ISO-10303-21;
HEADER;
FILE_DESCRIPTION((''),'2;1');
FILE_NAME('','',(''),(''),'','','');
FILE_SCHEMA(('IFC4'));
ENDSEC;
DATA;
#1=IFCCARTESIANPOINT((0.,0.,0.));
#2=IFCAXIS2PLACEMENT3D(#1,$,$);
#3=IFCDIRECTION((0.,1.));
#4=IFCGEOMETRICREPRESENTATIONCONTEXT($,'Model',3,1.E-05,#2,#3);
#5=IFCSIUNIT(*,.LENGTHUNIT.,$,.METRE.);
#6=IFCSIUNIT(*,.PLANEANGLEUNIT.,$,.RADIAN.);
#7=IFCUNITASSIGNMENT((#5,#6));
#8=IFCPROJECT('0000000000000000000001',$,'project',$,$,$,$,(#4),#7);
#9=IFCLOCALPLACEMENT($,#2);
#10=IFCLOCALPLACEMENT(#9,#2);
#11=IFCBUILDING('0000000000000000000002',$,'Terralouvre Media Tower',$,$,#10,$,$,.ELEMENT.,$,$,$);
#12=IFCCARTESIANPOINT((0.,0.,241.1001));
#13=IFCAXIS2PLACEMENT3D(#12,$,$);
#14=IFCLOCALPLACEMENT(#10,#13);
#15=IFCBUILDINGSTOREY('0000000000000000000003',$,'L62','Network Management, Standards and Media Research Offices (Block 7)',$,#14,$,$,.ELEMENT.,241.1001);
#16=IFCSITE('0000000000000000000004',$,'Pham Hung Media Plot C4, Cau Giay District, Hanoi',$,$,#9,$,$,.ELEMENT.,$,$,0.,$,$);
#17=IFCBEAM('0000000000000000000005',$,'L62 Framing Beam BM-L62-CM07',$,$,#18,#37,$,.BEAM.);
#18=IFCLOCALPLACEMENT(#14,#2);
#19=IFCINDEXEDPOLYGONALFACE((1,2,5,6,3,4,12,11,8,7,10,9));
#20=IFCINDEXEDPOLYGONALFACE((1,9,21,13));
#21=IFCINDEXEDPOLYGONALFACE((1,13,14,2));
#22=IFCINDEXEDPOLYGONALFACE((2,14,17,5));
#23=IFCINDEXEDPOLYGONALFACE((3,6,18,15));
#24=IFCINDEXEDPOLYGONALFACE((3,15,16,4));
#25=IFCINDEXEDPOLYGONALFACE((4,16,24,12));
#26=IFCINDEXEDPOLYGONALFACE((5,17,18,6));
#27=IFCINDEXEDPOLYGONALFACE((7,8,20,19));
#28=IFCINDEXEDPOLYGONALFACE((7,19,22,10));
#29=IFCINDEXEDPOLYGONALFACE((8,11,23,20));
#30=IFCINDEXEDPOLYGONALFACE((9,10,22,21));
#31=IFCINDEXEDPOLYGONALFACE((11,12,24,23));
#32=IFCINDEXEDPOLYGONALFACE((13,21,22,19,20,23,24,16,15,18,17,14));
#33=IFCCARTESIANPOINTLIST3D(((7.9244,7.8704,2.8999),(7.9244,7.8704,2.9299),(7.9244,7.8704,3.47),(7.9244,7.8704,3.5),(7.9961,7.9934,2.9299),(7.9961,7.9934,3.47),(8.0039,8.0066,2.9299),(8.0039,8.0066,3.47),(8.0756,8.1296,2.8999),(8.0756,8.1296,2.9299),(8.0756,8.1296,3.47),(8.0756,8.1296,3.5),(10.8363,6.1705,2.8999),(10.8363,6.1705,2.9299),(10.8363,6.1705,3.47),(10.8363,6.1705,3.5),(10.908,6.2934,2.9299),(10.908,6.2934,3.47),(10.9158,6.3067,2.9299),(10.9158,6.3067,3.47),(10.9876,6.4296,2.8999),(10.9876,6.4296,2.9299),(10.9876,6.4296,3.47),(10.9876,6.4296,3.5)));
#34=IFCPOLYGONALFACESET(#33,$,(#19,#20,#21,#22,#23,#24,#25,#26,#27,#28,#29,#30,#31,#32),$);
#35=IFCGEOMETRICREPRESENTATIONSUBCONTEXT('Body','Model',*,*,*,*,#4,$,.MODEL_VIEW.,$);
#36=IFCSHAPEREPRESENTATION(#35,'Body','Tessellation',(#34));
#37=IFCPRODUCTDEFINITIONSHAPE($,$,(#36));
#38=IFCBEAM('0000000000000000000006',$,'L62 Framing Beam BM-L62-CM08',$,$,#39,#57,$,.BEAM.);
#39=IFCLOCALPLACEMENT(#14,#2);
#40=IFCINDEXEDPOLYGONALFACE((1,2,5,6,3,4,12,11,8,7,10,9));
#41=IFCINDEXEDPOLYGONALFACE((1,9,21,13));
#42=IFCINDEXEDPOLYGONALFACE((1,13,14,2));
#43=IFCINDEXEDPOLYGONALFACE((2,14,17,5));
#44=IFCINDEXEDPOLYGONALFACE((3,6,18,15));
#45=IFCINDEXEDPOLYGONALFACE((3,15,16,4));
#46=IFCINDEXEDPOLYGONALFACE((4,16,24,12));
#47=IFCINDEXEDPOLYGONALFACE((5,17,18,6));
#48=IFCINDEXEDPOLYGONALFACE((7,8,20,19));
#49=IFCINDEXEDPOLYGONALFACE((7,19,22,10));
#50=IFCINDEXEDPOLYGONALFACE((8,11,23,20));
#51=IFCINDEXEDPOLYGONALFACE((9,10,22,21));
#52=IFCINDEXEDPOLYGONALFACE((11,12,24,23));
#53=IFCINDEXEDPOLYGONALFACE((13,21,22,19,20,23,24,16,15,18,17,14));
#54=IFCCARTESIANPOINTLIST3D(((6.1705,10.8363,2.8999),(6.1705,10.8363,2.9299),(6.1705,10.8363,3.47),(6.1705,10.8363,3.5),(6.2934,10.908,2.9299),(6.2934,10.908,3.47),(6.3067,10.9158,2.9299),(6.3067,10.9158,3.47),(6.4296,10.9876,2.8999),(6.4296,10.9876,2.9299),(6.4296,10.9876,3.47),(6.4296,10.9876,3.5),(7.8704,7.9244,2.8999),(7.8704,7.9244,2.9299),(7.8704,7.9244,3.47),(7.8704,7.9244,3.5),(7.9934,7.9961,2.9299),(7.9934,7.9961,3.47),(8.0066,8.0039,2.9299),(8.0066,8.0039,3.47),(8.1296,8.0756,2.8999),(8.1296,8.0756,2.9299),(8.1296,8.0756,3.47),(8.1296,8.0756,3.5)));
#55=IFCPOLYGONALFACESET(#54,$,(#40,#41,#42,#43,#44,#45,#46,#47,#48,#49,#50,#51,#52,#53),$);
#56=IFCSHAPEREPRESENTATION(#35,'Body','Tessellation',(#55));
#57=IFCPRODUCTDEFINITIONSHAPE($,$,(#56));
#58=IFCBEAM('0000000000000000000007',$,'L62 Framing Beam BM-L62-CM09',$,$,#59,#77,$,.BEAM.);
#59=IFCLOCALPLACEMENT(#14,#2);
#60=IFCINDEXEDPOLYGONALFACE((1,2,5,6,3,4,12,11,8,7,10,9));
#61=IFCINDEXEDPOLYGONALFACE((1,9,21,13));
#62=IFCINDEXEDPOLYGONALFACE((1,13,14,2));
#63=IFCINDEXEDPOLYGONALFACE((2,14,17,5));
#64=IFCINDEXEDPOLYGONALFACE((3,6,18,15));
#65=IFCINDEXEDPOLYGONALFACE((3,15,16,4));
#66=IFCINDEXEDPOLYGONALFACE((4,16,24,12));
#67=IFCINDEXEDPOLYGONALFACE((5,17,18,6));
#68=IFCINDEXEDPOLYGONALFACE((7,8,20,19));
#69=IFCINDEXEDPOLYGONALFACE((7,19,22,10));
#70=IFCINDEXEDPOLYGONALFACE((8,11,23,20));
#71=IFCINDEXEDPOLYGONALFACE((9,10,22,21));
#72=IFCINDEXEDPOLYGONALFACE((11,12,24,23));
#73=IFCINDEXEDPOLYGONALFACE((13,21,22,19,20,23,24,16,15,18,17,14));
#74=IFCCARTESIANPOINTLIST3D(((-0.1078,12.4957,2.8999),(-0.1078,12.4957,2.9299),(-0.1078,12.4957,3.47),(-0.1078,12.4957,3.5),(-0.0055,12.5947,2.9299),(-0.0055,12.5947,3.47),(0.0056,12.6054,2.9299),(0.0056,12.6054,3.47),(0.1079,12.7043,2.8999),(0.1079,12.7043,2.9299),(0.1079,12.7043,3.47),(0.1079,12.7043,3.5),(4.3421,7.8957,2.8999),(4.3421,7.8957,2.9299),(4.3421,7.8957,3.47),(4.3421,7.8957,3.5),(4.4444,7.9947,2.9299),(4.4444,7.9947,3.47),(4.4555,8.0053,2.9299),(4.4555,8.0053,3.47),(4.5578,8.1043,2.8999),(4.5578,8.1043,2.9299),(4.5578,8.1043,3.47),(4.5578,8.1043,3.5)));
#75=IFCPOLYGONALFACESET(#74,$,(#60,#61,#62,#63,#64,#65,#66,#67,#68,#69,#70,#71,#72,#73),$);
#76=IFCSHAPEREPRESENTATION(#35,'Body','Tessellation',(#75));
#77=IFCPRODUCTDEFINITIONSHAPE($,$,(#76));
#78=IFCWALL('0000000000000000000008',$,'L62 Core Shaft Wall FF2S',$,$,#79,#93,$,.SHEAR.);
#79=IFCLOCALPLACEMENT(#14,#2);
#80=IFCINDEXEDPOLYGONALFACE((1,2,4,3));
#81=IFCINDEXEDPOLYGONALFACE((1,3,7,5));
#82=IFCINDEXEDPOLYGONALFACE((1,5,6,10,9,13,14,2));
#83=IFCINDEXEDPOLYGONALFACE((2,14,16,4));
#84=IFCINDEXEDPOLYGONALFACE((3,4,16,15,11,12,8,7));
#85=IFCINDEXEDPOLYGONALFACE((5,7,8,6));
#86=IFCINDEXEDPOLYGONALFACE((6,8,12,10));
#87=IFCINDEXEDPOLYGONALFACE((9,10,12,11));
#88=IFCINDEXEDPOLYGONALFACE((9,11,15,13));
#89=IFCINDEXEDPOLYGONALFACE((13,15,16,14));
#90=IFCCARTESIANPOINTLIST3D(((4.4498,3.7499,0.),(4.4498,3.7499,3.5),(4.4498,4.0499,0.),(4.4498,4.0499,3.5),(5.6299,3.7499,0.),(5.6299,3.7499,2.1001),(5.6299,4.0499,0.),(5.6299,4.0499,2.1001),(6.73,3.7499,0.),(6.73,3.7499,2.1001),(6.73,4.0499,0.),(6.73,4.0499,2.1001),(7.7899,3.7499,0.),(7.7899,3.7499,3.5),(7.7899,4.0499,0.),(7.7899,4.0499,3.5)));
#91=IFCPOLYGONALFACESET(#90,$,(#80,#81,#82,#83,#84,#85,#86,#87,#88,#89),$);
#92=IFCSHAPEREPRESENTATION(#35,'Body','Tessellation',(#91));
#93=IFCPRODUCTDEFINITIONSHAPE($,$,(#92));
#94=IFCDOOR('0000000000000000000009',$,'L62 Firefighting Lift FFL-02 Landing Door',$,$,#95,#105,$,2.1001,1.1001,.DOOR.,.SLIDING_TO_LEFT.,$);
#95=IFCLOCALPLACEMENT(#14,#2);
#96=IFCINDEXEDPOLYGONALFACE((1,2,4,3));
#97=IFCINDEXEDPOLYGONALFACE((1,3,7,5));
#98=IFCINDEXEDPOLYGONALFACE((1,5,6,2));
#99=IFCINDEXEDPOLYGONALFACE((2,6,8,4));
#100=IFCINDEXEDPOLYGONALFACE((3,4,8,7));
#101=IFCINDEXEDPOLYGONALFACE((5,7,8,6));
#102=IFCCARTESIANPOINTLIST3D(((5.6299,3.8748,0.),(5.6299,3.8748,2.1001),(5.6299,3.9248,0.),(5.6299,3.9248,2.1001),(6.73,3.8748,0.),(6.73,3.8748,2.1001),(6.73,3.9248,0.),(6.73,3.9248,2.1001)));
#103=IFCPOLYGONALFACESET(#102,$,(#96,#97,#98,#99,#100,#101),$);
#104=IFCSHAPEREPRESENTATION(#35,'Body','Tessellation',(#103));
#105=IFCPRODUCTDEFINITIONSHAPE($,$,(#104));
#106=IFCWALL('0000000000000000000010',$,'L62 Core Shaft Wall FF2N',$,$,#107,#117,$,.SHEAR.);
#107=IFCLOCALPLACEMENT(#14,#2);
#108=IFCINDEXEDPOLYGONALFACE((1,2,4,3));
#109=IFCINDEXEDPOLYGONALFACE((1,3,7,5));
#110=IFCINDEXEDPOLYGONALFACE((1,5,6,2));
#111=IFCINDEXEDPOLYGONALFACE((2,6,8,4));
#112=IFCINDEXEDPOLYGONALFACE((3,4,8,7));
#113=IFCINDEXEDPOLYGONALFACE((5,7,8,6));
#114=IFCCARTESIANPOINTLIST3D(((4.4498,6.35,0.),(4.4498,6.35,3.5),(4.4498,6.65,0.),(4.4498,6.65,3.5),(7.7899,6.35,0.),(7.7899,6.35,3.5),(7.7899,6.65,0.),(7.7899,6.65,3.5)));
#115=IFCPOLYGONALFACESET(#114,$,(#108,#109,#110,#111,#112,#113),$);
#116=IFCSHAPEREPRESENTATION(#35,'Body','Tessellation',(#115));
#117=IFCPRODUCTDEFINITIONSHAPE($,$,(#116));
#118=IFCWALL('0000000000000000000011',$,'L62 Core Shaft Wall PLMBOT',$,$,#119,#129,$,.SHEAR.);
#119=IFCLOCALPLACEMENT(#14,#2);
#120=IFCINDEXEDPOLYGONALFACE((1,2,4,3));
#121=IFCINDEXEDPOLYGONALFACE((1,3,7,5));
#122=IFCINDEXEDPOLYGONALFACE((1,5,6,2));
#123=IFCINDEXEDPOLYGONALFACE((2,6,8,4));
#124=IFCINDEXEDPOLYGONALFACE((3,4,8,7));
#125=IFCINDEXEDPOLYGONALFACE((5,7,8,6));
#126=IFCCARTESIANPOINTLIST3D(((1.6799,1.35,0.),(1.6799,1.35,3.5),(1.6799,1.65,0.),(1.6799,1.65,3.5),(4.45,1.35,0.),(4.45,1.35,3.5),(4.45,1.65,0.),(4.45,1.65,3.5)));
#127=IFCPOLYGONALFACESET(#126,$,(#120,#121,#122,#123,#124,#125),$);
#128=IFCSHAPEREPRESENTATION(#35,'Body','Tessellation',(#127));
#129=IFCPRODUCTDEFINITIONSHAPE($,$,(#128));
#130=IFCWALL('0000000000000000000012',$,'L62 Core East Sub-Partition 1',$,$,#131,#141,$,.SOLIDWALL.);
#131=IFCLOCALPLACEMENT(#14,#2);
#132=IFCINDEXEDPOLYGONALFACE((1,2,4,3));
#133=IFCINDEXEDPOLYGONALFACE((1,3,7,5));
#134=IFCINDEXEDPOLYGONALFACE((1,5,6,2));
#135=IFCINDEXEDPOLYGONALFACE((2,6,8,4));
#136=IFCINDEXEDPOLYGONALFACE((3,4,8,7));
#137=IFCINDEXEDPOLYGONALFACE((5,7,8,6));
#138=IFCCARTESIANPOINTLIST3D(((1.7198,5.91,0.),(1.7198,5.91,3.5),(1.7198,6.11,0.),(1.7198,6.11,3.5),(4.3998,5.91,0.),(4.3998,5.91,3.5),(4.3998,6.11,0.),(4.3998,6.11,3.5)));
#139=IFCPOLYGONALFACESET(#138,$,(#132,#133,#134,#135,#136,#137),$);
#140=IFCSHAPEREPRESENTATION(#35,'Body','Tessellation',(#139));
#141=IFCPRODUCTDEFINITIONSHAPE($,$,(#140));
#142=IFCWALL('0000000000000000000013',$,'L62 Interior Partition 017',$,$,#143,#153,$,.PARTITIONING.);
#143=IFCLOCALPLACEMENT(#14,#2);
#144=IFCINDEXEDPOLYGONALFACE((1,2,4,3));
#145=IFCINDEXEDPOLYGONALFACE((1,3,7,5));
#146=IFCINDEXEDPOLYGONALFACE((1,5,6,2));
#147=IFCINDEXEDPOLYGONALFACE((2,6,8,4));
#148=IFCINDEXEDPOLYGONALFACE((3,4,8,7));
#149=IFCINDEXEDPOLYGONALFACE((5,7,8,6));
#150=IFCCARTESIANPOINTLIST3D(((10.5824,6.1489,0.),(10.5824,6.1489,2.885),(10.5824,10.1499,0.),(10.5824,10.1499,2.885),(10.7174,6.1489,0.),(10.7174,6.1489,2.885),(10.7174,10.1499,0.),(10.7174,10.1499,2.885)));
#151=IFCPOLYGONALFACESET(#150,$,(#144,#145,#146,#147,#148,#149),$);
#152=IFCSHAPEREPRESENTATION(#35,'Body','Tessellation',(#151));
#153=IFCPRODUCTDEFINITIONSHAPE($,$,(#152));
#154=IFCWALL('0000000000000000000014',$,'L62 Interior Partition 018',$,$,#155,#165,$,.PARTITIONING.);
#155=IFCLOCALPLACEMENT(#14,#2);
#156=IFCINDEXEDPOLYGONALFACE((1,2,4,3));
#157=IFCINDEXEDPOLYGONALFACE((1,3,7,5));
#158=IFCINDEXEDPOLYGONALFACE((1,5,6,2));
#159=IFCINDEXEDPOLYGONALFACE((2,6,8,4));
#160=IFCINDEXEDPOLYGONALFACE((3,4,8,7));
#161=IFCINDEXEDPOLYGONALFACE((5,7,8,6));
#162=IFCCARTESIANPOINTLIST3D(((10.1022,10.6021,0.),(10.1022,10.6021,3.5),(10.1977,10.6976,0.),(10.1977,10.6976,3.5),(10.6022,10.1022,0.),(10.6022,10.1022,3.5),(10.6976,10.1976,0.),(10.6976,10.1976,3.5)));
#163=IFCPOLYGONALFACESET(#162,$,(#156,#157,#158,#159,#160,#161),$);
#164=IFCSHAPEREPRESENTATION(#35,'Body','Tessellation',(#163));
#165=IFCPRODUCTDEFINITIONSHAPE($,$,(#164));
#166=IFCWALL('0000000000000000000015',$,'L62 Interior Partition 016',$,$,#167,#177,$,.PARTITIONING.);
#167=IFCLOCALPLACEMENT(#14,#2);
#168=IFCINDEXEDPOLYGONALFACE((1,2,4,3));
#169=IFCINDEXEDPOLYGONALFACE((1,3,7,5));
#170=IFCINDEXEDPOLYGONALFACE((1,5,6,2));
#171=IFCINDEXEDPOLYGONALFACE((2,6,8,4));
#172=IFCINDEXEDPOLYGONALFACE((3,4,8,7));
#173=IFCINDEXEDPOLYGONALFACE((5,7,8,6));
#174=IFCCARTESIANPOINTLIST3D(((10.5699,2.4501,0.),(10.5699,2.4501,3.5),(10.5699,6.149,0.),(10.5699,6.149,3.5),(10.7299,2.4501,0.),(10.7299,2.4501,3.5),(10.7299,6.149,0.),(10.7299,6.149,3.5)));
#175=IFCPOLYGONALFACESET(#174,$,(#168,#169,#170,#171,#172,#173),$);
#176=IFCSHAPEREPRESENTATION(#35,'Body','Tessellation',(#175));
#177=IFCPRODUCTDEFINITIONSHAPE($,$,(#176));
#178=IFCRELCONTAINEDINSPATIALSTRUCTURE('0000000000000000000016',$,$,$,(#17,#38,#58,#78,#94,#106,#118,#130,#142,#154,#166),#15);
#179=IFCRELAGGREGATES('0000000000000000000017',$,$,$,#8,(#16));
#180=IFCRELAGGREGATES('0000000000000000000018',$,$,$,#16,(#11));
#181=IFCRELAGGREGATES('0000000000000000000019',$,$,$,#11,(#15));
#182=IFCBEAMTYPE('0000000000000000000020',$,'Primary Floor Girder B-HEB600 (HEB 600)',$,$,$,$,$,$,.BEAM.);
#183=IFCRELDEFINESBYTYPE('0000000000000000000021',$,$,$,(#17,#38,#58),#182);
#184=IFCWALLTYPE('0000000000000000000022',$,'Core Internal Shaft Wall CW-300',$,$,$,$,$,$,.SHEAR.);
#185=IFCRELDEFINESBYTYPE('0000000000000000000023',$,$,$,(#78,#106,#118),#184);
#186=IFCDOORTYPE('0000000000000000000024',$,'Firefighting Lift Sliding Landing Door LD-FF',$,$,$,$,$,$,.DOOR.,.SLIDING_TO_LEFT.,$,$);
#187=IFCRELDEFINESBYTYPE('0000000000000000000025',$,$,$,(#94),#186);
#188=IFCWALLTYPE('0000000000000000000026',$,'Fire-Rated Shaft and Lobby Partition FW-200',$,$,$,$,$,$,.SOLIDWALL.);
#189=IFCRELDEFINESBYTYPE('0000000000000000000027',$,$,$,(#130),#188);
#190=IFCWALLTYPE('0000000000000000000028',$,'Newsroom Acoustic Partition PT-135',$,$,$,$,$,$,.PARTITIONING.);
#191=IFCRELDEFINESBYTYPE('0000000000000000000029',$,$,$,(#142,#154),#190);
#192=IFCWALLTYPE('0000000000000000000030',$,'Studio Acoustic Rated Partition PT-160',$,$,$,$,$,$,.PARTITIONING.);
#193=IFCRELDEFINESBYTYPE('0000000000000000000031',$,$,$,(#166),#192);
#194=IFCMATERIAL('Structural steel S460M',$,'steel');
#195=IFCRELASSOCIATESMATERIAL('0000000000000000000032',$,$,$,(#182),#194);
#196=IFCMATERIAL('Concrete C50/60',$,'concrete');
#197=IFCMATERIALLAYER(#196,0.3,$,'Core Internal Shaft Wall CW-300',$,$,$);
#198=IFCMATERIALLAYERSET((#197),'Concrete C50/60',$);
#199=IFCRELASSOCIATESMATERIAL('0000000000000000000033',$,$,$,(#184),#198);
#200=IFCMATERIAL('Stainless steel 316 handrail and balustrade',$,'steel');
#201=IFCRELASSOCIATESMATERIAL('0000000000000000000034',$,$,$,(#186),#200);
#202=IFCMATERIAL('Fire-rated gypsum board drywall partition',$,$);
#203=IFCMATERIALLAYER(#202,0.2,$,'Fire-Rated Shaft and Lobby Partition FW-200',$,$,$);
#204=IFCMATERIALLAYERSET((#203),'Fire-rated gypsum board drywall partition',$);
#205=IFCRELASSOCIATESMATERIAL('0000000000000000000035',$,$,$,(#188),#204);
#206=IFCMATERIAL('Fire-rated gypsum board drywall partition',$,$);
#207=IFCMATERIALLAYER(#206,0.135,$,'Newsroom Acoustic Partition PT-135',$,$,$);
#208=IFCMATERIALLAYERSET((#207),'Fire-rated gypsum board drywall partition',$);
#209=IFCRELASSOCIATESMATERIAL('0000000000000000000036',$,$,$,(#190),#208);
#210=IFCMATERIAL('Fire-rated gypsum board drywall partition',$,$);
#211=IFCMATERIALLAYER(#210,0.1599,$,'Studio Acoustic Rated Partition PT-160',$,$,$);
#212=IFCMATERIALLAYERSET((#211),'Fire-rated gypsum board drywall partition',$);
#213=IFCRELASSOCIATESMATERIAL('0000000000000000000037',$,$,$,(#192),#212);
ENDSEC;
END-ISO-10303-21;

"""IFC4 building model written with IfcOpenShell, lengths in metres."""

from ifc_helpers import new_model, si_unit, direction, frame, frame_2d, origin, origin_2d, place, context, subcontext, project, spatial, rectangle, i_section, extrude, material, layer, layer_set, material_profile, profile_set, type_object, element, fill, save


model = new_model("IFC4")

# Units and contexts
model_context = context("Model", 3, precision=1e-05, world=origin(), true_north=direction((0.0, 1.0)))
body_context = subcontext(model_context, "Body", "Model", "MODEL_VIEW")
ifc_project = project(units=[si_unit("LENGTHUNIT", "METRE"), si_unit("PLANEANGLEUNIT", "RADIAN")], contexts=[model_context])

# Site, building, storey
site_placement = place(None, origin())
site = spatial("IfcSite", under=ifc_project, at=site_placement, Name="Pham Hung Media Plot C4, Cau Giay District, Hanoi", CompositionType="ELEMENT", RefElevation=0.0)
building_placement = place(site_placement, origin())
building = spatial("IfcBuilding", under=site, at=building_placement, Name="Terralouvre Media Tower", CompositionType="ELEMENT")
storey_placement = place(building_placement, frame((0.0, 0.0, 241.1001)))
storey = spatial("IfcBuildingStorey", under=building, at=storey_placement, Name="L62", Description="Network Management, Standards and Media Research Offices (Block 7)", CompositionType="ELEMENT", Elevation=241.1001)

# Beams
ifc_material_1 = material(Name="Structural steel S460M", Category="steel")
ifc_material_profile_1 = material_profile(ifc_material_1, i_section(OverallWidth=0.3, OverallDepth=0.6001, WebThickness=0.0154, FlangeThickness=0.03, at=origin_2d()), Name="HEB 600")
ifc_profile_set_1 = profile_set([ifc_material_profile_1], Name="Structural steel S460M")
beam_type_1 = type_object("IfcBeamType", Name="Primary Floor Girder B-HEB600 (HEB 600)", PredefinedType="BEAM", material=ifc_profile_set_1)
for number, where, z_axis, x_axis, name in (
    (1, (8.0, 8.0, 3.2), (0.863603, -0.504173, 0.0), (0.504173, 0.863603, 0.0), "L62 Framing Beam BM-L62-CM07"),
    (2, (8.0, 8.0, 3.2), (-0.504173, 0.863603, 0.0), (-0.863603, -0.504173, 0.0), "L62 Framing Beam BM-L62-CM08"),
):
    element("IfcBeam", number, at=place(storey_placement, frame(where, z_axis=z_axis, x_axis=x_axis)), inside=storey, type_object=beam_type_1, Name=name, PredefinedType="BEAM", context=body_context, shape_type="SweptSolid", body=[
        extrude(i_section(OverallWidth=0.3, OverallDepth=0.6001, WebThickness=0.0154, FlangeThickness=0.03, at=origin_2d()), origin(), (0.0, 0.0, 1.0), 3.3718),
    ])
beam_1_placement = place(storey_placement, frame((4.45, 8.0, 3.2), z_axis=(-0.69528, 0.718739, 0.0), x_axis=(-0.718739, -0.69528, 0.0)))
element("IfcBeam", 3, at=beam_1_placement, inside=storey, type_object=beam_type_1, Name="L62 Framing Beam BM-L62-CM09", PredefinedType="BEAM", context=body_context, shape_type="SweptSolid", body=[
    extrude(i_section(OverallWidth=0.3, OverallDepth=0.6001, WebThickness=0.0154, FlangeThickness=0.03, at=origin_2d()), origin(), (0.0, 0.0, 1.0), 6.4001),
])

# Wall, opening, door
ifc_material_2 = material(Name="Concrete C50/60", Category="concrete")
ifc_layer_1 = layer(ifc_material_2, 0.3, Name="Core Internal Shaft Wall CW-300")
ifc_layer_set_1 = layer_set([ifc_layer_1], Name="Concrete C50/60")
wall_type_1 = type_object("IfcWallType", Name="Core Internal Shaft Wall CW-300", PredefinedType="SHEAR", material=ifc_layer_set_1)
wall_1_placement = place(storey_placement, frame((4.45, 3.8999, 0.0), z_axis=(0.0, 0.0, 1.0), x_axis=(1.0, 0.0, 0.0)))
wall_1 = element("IfcWall", 4, at=wall_1_placement, inside=storey, type_object=wall_type_1, Name="L62 Core Shaft Wall FF2S", PredefinedType="SHEAR", context=body_context, shape_type="SweptSolid", body=[
    extrude(rectangle(XDim=3.3401, YDim=0.3, at=frame_2d((1.6699, 0.0))), origin(), (0.0, 0.0, 1.0), 3.5),
])
opening_placement = place(wall_1_placement, frame((1.1799, 0.0, 0.0)))
opening = element("IfcOpeningElement", 5, at=opening_placement, cuts=wall_1, PredefinedType="OPENING", context=body_context, shape_type="SweptSolid", body=[
    extrude(rectangle(XDim=1.1001, YDim=2.1001, at=frame_2d((0.55, 1.05))), frame((0.0, 0.1599, 0.0), z_axis=(0.0, -1.0, 0.0), x_axis=(1.0, 0.0, 0.0)), (0.0, 0.0, 1.0), 0.3201),
])
ifc_material_3 = material(Name="Stainless steel 316 handrail and balustrade", Category="steel")
door_type = type_object("IfcDoorType", Name="Firefighting Lift Sliding Landing Door LD-FF", OperationType="SLIDING_TO_LEFT", PredefinedType="DOOR", material=ifc_material_3)
door_placement = place(opening_placement, origin())
door = element("IfcDoor", 6, at=door_placement, inside=storey, type_object=door_type, Name="L62 Firefighting Lift FFL-02 Landing Door", OperationType="SLIDING_TO_LEFT", OverallHeight=2.1001, OverallWidth=1.1001, PredefinedType="DOOR", context=body_context, shape_type="SweptSolid", body=[
    extrude(rectangle(XDim=1.1001, YDim=2.1001, at=frame_2d((0.55, 1.05))), frame((0.0, 0.0249, 0.0), z_axis=(0.0, -1.0, 0.0), x_axis=(1.0, 0.0, 0.0)), (0.0, 0.0, 1.0), 0.05),
])
fill(opening, door)

# Walls
wall_2_placement = place(storey_placement, frame((4.45, 6.5, 0.0), z_axis=(0.0, 0.0, 1.0), x_axis=(1.0, 0.0, 0.0)))
element("IfcWall", 7, at=wall_2_placement, inside=storey, type_object=wall_type_1, Name="L62 Core Shaft Wall FF2N", PredefinedType="SHEAR", context=body_context, shape_type="SweptSolid", body=[
    extrude(rectangle(XDim=3.3401, YDim=0.3, at=frame_2d((1.6699, 0.0))), origin(), (0.0, 0.0, 1.0), 3.5),
])
wall_3_placement = place(storey_placement, frame((1.6799, 1.5, 0.0), z_axis=(0.0, 0.0, 1.0), x_axis=(1.0, 0.0, 0.0)))
element("IfcWall", 8, at=wall_3_placement, inside=storey, type_object=wall_type_1, Name="L62 Core Shaft Wall PLMBOT", PredefinedType="SHEAR", context=body_context, shape_type="SweptSolid", body=[
    extrude(rectangle(XDim=2.77, YDim=0.3, at=frame_2d((1.385, 0.0))), origin(), (0.0, 0.0, 1.0), 3.5),
])
ifc_material_4 = material(Name="Fire-rated gypsum board drywall partition")
ifc_layer_2 = layer(ifc_material_4, 0.2, Name="Fire-Rated Shaft and Lobby Partition FW-200")
ifc_layer_set_2 = layer_set([ifc_layer_2], Name="Fire-rated gypsum board drywall partition")
wall_type_2 = type_object("IfcWallType", Name="Fire-Rated Shaft and Lobby Partition FW-200", PredefinedType="SOLIDWALL", material=ifc_layer_set_2)
wall_4_placement = place(storey_placement, frame((1.72, 6.01, 0.0), z_axis=(0.0, 0.0, 1.0), x_axis=(1.0, 0.0, 0.0)))
element("IfcWall", 9, at=wall_4_placement, inside=storey, type_object=wall_type_2, Name="L62 Core East Sub-Partition 1", PredefinedType="SOLIDWALL", context=body_context, shape_type="SweptSolid", body=[
    extrude(rectangle(XDim=2.6799, YDim=0.2, at=frame_2d((1.3398, 0.0))), origin(), (0.0, 0.0, 1.0), 3.5),
])
ifc_material_5 = material(Name="Fire-rated gypsum board drywall partition")
ifc_layer_3 = layer(ifc_material_5, 0.135, Name="Newsroom Acoustic Partition PT-135")
ifc_layer_set_3 = layer_set([ifc_layer_3], Name="Fire-rated gypsum board drywall partition")
wall_type_3 = type_object("IfcWallType", Name="Newsroom Acoustic Partition PT-135", PredefinedType="PARTITIONING", material=ifc_layer_set_3)
wall_5_placement = place(storey_placement, frame((10.6499, 6.1489, 0.0), z_axis=(0.0, 0.0, 1.0), x_axis=(0.0, 1.0, 0.0)))
element("IfcWall", 10, at=wall_5_placement, inside=storey, type_object=wall_type_3, Name="L62 Interior Partition 017", PredefinedType="PARTITIONING", context=body_context, shape_type="SweptSolid", body=[
    extrude(rectangle(XDim=4.001, YDim=0.135, at=frame_2d((2.0005, 0.0))), origin(), (0.0, 0.0, 1.0), 2.885),
])
wall_6_placement = place(storey_placement, frame((10.6499, 10.1499, 0.0), z_axis=(0.0, 0.0, 1.0), x_axis=(-0.707107, 0.707107, 0.0)))
element("IfcWall", 11, at=wall_6_placement, inside=storey, type_object=wall_type_3, Name="L62 Interior Partition 018", PredefinedType="PARTITIONING", context=body_context, shape_type="SweptSolid", body=[
    extrude(rectangle(XDim=0.707, YDim=0.135, at=frame_2d((0.3535, 0.0))), origin(), (0.0, 0.0, 1.0), 3.5),
])
ifc_material_6 = material(Name="Fire-rated gypsum board drywall partition")
ifc_layer_4 = layer(ifc_material_6, 0.1599, Name="Studio Acoustic Rated Partition PT-160")
ifc_layer_set_4 = layer_set([ifc_layer_4], Name="Fire-rated gypsum board drywall partition")
wall_type_4 = type_object("IfcWallType", Name="Studio Acoustic Rated Partition PT-160", PredefinedType="PARTITIONING", material=ifc_layer_set_4)
wall_7_placement = place(storey_placement, frame((10.6499, 2.45, 0.0), z_axis=(0.0, 0.0, 1.0), x_axis=(0.0, 1.0, 0.0)))
element("IfcWall", 12, at=wall_7_placement, inside=storey, type_object=wall_type_4, Name="L62 Interior Partition 016", PredefinedType="PARTITIONING", context=body_context, shape_type="SweptSolid", body=[
    extrude(rectangle(XDim=3.699, YDim=0.1599, at=frame_2d((1.8496, 0.0))), origin(), (0.0, 0.0, 1.0), 3.5),
])

save(model, "model.ifc")
